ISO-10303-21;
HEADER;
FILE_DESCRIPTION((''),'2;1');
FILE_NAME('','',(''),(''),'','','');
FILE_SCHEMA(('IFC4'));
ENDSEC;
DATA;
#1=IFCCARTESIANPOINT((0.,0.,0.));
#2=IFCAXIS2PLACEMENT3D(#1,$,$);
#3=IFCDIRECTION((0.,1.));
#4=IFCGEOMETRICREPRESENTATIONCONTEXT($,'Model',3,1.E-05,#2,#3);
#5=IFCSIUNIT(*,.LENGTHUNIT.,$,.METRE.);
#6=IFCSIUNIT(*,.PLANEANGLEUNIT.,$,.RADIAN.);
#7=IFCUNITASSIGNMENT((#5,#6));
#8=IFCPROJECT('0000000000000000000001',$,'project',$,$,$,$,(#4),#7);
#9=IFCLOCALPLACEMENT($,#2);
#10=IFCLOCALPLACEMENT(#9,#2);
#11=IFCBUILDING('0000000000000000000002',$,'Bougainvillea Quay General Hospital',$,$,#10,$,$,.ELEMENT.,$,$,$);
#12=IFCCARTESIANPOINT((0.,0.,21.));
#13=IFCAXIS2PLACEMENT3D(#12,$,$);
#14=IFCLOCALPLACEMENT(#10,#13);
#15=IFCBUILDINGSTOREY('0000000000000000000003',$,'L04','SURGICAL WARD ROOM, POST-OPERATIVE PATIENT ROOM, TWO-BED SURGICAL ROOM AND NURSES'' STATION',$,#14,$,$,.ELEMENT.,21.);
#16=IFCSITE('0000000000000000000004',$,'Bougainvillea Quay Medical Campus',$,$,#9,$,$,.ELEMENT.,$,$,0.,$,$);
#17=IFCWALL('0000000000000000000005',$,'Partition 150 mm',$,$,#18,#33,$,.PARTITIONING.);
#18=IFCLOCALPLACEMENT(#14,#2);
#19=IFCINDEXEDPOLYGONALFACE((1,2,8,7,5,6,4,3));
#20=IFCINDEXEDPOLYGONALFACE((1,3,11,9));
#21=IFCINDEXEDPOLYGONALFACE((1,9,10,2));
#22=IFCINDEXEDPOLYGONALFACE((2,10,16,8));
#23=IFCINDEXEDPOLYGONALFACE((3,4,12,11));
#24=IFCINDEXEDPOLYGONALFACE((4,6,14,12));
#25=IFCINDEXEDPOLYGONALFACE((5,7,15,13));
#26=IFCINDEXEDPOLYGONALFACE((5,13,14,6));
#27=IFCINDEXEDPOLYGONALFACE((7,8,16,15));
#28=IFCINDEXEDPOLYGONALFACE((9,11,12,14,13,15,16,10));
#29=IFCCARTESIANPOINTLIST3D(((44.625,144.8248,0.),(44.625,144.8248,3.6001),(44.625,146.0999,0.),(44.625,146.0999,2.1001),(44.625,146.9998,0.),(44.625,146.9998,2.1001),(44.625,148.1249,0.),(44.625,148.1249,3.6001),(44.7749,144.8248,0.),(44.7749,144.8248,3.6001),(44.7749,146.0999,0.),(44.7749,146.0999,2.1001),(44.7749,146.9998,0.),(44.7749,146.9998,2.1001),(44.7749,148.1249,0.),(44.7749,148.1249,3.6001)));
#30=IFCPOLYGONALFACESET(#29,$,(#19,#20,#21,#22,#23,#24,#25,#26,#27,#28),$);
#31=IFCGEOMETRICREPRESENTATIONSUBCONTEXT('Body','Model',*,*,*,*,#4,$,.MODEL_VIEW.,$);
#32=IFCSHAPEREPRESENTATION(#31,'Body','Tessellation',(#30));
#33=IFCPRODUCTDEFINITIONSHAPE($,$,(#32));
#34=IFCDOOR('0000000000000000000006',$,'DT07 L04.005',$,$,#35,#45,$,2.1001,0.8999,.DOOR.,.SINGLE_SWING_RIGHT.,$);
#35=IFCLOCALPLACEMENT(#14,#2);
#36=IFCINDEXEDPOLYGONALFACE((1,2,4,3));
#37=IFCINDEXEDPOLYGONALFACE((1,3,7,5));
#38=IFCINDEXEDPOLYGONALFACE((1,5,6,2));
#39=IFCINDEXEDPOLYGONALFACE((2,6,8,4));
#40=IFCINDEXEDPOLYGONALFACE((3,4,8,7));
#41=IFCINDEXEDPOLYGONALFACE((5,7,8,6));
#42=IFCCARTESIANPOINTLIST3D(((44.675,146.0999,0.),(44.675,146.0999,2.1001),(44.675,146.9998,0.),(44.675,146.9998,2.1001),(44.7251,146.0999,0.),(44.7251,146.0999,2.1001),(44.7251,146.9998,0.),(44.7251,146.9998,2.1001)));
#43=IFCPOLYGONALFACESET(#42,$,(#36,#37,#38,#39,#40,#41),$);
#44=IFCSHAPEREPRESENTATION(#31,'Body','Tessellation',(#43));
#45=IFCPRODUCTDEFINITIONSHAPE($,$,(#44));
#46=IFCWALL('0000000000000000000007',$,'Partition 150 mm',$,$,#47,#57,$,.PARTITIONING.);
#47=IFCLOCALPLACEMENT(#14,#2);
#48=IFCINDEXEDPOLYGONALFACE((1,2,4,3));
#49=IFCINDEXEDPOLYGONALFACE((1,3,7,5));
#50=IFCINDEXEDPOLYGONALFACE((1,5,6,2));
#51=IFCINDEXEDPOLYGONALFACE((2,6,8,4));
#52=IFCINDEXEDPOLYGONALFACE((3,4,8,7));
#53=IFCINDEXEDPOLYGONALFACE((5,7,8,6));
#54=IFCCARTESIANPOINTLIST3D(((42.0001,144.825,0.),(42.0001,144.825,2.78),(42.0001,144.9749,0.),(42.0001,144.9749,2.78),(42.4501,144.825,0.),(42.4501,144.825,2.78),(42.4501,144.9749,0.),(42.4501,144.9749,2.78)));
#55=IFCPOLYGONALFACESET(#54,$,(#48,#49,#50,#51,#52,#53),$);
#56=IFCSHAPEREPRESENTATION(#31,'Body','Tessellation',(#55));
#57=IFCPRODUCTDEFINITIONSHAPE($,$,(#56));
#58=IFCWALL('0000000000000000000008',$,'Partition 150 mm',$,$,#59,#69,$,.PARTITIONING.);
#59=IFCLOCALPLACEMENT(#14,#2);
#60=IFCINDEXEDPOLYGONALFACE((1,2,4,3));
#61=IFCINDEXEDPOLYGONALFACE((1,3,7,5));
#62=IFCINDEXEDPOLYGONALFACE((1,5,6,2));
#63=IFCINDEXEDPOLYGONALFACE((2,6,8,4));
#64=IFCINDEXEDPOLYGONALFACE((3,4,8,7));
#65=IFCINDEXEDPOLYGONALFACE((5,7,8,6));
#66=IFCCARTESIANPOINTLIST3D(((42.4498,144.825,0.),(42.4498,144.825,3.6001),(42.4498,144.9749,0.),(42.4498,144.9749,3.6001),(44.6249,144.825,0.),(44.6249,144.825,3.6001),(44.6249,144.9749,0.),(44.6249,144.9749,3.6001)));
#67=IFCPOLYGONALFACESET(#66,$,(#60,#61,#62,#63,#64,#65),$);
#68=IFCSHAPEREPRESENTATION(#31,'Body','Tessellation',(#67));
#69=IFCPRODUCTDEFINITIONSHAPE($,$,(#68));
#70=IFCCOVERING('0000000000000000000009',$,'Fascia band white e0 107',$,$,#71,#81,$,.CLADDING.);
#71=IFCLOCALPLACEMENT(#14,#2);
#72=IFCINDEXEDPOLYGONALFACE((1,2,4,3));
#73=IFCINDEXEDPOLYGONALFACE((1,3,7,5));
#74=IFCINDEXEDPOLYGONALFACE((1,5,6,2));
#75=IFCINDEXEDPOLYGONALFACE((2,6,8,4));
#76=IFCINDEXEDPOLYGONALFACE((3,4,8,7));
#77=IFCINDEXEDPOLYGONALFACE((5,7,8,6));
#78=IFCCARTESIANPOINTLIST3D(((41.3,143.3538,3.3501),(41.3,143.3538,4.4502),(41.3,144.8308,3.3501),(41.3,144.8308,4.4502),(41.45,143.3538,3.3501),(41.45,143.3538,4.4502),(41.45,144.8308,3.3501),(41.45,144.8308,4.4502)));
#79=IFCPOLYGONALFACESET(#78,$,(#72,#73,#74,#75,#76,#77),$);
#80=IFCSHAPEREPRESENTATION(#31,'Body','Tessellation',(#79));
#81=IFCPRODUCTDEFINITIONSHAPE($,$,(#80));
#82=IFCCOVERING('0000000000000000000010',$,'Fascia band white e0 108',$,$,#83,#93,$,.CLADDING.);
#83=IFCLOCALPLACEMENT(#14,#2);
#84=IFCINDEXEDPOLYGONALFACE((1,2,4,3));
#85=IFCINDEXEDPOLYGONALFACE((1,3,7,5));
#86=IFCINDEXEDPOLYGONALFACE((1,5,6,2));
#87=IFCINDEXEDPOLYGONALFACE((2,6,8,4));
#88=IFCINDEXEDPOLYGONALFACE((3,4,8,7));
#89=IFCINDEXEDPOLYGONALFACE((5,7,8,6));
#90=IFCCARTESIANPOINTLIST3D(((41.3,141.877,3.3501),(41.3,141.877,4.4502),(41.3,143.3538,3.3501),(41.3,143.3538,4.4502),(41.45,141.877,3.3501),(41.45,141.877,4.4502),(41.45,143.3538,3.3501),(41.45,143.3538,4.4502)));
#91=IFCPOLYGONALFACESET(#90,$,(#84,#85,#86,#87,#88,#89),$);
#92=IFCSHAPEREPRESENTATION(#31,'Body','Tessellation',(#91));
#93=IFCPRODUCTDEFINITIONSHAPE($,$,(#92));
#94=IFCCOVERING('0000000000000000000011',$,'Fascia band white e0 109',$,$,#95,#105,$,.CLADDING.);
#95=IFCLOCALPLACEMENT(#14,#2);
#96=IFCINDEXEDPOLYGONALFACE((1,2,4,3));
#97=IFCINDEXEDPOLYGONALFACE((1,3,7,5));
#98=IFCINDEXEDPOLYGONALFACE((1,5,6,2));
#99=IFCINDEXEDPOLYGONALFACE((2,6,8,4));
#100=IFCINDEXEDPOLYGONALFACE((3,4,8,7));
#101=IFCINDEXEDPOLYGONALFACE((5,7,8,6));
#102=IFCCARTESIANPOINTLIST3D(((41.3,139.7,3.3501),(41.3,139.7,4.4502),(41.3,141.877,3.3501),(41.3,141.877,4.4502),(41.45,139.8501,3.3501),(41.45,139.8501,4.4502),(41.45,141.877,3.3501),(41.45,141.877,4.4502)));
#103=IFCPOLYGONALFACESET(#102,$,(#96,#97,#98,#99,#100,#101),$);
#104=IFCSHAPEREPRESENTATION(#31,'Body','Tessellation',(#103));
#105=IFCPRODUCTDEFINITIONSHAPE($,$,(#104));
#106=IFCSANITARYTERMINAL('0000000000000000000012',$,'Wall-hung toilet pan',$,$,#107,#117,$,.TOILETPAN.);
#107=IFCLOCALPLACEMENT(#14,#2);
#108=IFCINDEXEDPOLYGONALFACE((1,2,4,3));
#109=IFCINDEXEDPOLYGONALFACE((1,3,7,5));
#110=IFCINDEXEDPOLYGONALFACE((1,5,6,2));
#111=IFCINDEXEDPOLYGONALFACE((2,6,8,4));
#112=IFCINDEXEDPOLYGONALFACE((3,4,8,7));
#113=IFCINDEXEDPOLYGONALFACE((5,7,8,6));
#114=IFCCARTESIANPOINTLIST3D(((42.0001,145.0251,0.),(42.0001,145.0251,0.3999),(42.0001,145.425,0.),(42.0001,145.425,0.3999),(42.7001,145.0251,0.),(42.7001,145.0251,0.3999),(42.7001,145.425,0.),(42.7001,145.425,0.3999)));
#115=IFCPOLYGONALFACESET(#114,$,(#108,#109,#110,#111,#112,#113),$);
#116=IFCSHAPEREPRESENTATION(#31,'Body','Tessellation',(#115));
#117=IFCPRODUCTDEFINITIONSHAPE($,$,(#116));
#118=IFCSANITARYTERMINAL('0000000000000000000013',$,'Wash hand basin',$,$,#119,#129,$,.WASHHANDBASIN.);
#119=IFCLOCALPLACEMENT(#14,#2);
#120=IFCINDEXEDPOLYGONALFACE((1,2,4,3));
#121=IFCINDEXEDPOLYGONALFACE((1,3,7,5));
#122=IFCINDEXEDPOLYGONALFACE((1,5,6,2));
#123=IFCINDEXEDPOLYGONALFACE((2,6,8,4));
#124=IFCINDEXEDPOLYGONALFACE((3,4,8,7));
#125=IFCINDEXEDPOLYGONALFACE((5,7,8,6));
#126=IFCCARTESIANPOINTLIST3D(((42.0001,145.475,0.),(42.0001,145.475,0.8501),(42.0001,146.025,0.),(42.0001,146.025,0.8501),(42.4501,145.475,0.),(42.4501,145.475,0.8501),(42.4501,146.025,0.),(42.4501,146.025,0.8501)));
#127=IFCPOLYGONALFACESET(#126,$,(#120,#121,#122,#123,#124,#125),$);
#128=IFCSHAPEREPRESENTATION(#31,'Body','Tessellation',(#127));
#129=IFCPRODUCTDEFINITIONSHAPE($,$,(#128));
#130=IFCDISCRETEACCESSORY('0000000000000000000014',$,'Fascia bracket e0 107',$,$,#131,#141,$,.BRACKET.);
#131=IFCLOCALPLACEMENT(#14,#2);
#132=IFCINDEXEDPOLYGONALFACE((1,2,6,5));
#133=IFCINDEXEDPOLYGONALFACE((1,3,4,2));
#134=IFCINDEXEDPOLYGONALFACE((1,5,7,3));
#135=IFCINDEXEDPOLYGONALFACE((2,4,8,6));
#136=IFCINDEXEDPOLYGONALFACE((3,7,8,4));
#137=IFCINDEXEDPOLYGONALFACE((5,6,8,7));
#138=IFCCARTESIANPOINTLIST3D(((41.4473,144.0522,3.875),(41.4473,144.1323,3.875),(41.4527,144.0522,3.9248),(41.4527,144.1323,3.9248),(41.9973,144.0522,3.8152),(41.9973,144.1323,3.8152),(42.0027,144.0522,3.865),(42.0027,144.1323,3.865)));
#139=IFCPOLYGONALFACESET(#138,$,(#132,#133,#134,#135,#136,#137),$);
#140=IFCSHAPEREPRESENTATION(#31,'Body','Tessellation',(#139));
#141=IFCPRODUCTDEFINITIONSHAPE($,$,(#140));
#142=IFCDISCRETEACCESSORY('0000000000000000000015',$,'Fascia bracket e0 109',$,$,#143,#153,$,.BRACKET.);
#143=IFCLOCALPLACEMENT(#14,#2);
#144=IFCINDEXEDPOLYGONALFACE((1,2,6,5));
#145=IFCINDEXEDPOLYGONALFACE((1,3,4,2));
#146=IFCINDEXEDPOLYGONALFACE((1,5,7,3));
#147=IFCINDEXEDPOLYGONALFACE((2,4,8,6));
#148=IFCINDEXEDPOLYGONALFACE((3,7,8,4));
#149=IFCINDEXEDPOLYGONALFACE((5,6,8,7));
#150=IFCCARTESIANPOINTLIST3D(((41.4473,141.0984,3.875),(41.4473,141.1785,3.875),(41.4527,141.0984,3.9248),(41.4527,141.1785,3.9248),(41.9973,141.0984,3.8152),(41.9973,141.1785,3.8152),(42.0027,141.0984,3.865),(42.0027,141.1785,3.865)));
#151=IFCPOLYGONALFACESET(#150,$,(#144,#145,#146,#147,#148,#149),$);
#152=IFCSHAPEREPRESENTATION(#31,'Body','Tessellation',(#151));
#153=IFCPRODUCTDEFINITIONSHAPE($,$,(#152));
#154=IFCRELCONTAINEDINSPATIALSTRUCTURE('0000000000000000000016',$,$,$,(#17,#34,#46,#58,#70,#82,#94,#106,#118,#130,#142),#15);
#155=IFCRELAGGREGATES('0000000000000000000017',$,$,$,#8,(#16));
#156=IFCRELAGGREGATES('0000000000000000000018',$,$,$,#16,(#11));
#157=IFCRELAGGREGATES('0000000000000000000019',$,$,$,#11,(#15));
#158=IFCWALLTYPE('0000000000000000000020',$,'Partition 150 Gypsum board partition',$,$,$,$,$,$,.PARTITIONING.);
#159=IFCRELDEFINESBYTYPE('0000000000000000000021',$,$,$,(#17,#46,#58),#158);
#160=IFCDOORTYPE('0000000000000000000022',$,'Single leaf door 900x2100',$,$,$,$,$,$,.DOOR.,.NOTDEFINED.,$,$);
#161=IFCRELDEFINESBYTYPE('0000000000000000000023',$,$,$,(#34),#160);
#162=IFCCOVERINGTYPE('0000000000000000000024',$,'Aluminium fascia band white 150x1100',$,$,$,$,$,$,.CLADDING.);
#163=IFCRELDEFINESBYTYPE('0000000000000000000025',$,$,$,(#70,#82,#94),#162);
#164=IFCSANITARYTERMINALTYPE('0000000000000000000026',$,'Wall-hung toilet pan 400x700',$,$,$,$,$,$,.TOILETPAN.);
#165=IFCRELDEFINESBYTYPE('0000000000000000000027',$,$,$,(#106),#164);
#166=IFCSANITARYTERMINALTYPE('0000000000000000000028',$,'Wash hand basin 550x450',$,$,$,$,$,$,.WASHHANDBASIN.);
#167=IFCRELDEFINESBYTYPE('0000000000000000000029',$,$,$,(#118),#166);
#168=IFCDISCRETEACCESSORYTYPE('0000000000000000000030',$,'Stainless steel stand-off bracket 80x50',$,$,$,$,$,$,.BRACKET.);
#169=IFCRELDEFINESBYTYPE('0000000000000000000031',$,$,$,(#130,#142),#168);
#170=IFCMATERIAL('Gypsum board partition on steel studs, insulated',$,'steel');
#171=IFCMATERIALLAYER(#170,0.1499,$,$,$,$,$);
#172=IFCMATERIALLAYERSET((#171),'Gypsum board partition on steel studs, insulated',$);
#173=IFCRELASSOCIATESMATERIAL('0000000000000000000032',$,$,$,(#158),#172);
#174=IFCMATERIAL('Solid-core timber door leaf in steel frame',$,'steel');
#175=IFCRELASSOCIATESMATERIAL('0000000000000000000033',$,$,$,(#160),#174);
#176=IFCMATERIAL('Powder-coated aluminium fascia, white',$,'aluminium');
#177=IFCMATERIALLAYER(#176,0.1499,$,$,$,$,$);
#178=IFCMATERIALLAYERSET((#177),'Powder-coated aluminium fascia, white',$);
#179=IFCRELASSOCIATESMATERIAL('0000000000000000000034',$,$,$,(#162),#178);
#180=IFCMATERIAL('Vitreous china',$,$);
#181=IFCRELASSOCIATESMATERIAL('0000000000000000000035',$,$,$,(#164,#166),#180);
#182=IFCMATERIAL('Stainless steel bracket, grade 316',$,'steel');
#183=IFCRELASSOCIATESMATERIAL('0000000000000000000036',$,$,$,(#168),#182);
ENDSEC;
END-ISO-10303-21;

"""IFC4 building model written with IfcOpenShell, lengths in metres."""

from ifc_helpers import new_model, si_unit, direction, frame, frame_2d, origin, origin_2d, place, context, subcontext, project, spatial, polyline, rectangle, outline, extrude, material, layer, layer_set, material_profile, profile_set, type_object, element, fill, save


model = new_model("IFC4")

# Units and contexts
model_context = context("Model", 3, precision=1e-05, world=origin(), true_north=direction((0.0, 1.0)))
body_context = subcontext(model_context, "Body", "Model", "MODEL_VIEW")
ifc_project = project(units=[si_unit("LENGTHUNIT", "METRE"), si_unit("PLANEANGLEUNIT", "RADIAN")], contexts=[model_context])

# Site, building, storey
site_placement = place(None, origin())
site = spatial("IfcSite", under=ifc_project, at=site_placement, Name="Bougainvillea Quay Medical Campus", CompositionType="ELEMENT", RefElevation=0.0)
building_placement = place(site_placement, origin())
building = spatial("IfcBuilding", under=site, at=building_placement, Name="Bougainvillea Quay General Hospital", CompositionType="ELEMENT")
storey_placement = place(building_placement, frame((0.0, 0.0, 21.0)))
storey = spatial("IfcBuildingStorey", under=building, at=storey_placement, Name="L04", Description="SURGICAL WARD ROOM, POST-OPERATIVE PATIENT ROOM, TWO-BED SURGICAL ROOM AND NURSES' STATION", CompositionType="ELEMENT", Elevation=21.0)

# Shared definitions
ifc_material_1 = material(Name="Gypsum board partition on steel studs, insulated", Category="steel")
ifc_layer_1 = layer(ifc_material_1, 0.1499)
ifc_layer_set_1 = layer_set([ifc_layer_1], Name="Gypsum board partition on steel studs, insulated")
wall_type = type_object("IfcWallType", Name="Partition 150 Gypsum board partition", PredefinedType="PARTITIONING", material=ifc_layer_set_1)

# Wall, opening, door
wall_1_placement = place(storey_placement, frame((44.7, 144.825, 0.0), z_axis=(0.0, 0.0, 1.0), x_axis=(0.0, 1.0, 0.0)))
wall_1 = element("IfcWall", 1, at=wall_1_placement, inside=storey, type_object=wall_type, Name="Partition 150 mm", PredefinedType="PARTITIONING", context=body_context, shape_type="SweptSolid", body=[
    extrude(rectangle(XDim=3.3, YDim=0.1499, at=frame_2d((1.6499, 0.0))), origin(), (0.0, 0.0, 1.0), 3.6001),
])
opening_placement = place(wall_1_placement, frame((1.2749, 0.0, 0.0)))
opening = element("IfcOpeningElement", 2, at=opening_placement, cuts=wall_1, PredefinedType="OPENING", context=body_context, shape_type="SweptSolid", body=[
    extrude(rectangle(XDim=0.8999, YDim=2.1001, at=frame_2d((0.45, 1.05))), frame((0.0, 0.085, 0.0), z_axis=(0.0, -1.0, 0.0), x_axis=(1.0, 0.0, 0.0)), (0.0, 0.0, 1.0), 0.1699),
])
ifc_material_2 = material(Name="Solid-core timber door leaf in steel frame", Category="steel")
door_type = type_object("IfcDoorType", Name="Single leaf door 900x2100", OperationType="NOTDEFINED", PredefinedType="DOOR", material=ifc_material_2)
door_placement = place(opening_placement, origin())
door = element("IfcDoor", 3, at=door_placement, inside=storey, type_object=door_type, Name="DT07 L04.005", OperationType="SINGLE_SWING_RIGHT", OverallHeight=2.1001, OverallWidth=0.8999, PredefinedType="DOOR", context=body_context, shape_type="SweptSolid", body=[
    extrude(rectangle(XDim=0.8999, YDim=2.1001, at=frame_2d((0.45, 1.05))), frame((0.0, 0.0249, 0.0), z_axis=(0.0, -1.0, 0.0), x_axis=(1.0, 0.0, 0.0)), (0.0, 0.0, 1.0), 0.05),
])
fill(opening, door)

# Walls
wall_2_placement = place(storey_placement, frame((42.0, 144.8999, 0.0), z_axis=(0.0, 0.0, 1.0), x_axis=(1.0, 0.0, 0.0)))
element("IfcWall", 4, at=wall_2_placement, inside=storey, type_object=wall_type, Name="Partition 150 mm", PredefinedType="PARTITIONING", context=body_context, shape_type="SweptSolid", body=[
    extrude(rectangle(XDim=0.45, YDim=0.1499, at=frame_2d((0.2251, 0.0))), origin(), (0.0, 0.0, 1.0), 2.78),
])
wall_3_placement = place(storey_placement, frame((42.45, 144.8999, 0.0), z_axis=(0.0, 0.0, 1.0), x_axis=(1.0, 0.0, 0.0)))
element("IfcWall", 5, at=wall_3_placement, inside=storey, type_object=wall_type, Name="Partition 150 mm", PredefinedType="PARTITIONING", context=body_context, shape_type="SweptSolid", body=[
    extrude(rectangle(XDim=2.175, YDim=0.1499, at=frame_2d((1.0874, 0.0))), origin(), (0.0, 0.0, 1.0), 3.6001),
])

# Coverings
ifc_material_3 = material(Name="Powder-coated aluminium fascia, white", Category="aluminium")
ifc_layer_2 = layer(ifc_material_3, 0.1499)
ifc_layer_set_2 = layer_set([ifc_layer_2], Name="Powder-coated aluminium fascia, white")
covering_type = type_object("IfcCoveringType", Name="Aluminium fascia band white 150x1100", PredefinedType="CLADDING", material=ifc_layer_set_2)
covering_1_placement = place(storey_placement, frame((41.45, 144.8308, 3.3501), z_axis=(0.0, 0.0, 1.0), x_axis=(0.0, -1.0, 0.0)))
element("IfcCovering", 6, at=covering_1_placement, inside=storey, type_object=covering_type, Name="Fascia band white e0 107", PredefinedType="CLADDING", context=body_context, shape_type="SweptSolid", body=[
    extrude(outline(polyline([(0.0, 0.0), (1.4771, 0.0), (1.4771, -0.1499), (0.0, -0.1499), (0.0, 0.0)])), origin(), (0.0, 0.0, 1.0), 1.1001),
])
covering_2_placement = place(storey_placement, frame((41.45, 143.3538, 3.3501), z_axis=(0.0, 0.0, 1.0), x_axis=(0.0, -1.0, 0.0)))
element("IfcCovering", 7, at=covering_2_placement, inside=storey, type_object=covering_type, Name="Fascia band white e0 108", PredefinedType="CLADDING", context=body_context, shape_type="SweptSolid", body=[
    extrude(outline(polyline([(0.0, 0.0), (1.4768, 0.0), (1.4768, -0.1499), (0.0, -0.1499), (0.0, 0.0)])), origin(), (0.0, 0.0, 1.0), 1.1001),
])
covering_3_placement = place(storey_placement, frame((41.45, 141.877, 3.3501), z_axis=(0.0, 0.0, 1.0), x_axis=(0.0, -1.0, 0.0)))
element("IfcCovering", 8, at=covering_3_placement, inside=storey, type_object=covering_type, Name="Fascia band white e0 109", PredefinedType="CLADDING", context=body_context, shape_type="SweptSolid", body=[
    extrude(outline(polyline([(0.0, 0.0), (2.0269, 0.0), (2.177, -0.1499), (0.0, -0.1499), (0.0, 0.0)])), origin(), (0.0, 0.0, 1.0), 1.1001),
])

# Sanitary terminals
ifc_material_4 = material(Name="Vitreous china")
sanitary_terminal_type_1 = type_object("IfcSanitaryTerminalType", Name="Wall-hung toilet pan 400x700", PredefinedType="TOILETPAN", material=ifc_material_4)
sanitary_terminal_1_placement = place(storey_placement, frame((42.3501, 145.2251, 0.0), z_axis=(0.0, 0.0, 1.0), x_axis=(0.0, 1.0, 0.0)))
element("IfcSanitaryTerminal", 9, at=sanitary_terminal_1_placement, inside=storey, type_object=sanitary_terminal_type_1, Name="Wall-hung toilet pan", PredefinedType="TOILETPAN", context=body_context, shape_type="SweptSolid", body=[
    extrude(rectangle(XDim=0.3999, YDim=0.7, at=origin_2d()), origin(), (0.0, 0.0, 1.0), 0.3999),
])
sanitary_terminal_type_2 = type_object("IfcSanitaryTerminalType", Name="Wash hand basin 550x450", PredefinedType="WASHHANDBASIN", material=ifc_material_4)
sanitary_terminal_2_placement = place(storey_placement, frame((42.2251, 145.75, 0.0), z_axis=(0.0, 0.0, 1.0), x_axis=(0.0, 1.0, 0.0)))
element("IfcSanitaryTerminal", 10, at=sanitary_terminal_2_placement, inside=storey, type_object=sanitary_terminal_type_2, Name="Wash hand basin", PredefinedType="WASHHANDBASIN", context=body_context, shape_type="SweptSolid", body=[
    extrude(rectangle(XDim=0.55, YDim=0.45, at=origin_2d()), origin(), (0.0, 0.0, 1.0), 0.8501),
])

# Discrete accessories
ifc_material_5 = material(Name="Stainless steel bracket, grade 316", Category="steel")
ifc_material_profile_1 = material_profile(ifc_material_5, rectangle(XDim=0.0801, YDim=0.05, at=origin_2d()))
ifc_profile_set_1 = profile_set([ifc_material_profile_1], Name="Stainless steel bracket, grade 316")
discrete_accessory_type = type_object("IfcDiscreteAccessoryType", Name="Stainless steel stand-off bracket 80x50", PredefinedType="BRACKET", material=ifc_profile_set_1)
for number, where, z_axis, x_axis, name in (
    (11, (42.0, 144.0923, 3.8401), (-0.994139, 0.0, 0.108107), (0.0, -1.0, 0.0), "Fascia bracket e0 107"),
    (12, (42.0, 141.1384, 3.8401), (-0.994139, 0.0, 0.108107), (0.0, -1.0, 0.0), "Fascia bracket e0 109"),
):
    element("IfcDiscreteAccessory", number, at=place(storey_placement, frame(where, z_axis=z_axis, x_axis=x_axis)), inside=storey, type_object=discrete_accessory_type, Name=name, PredefinedType="BRACKET", context=body_context, shape_type="SweptSolid", body=[
        extrude(rectangle(XDim=0.0801, YDim=0.05, at=origin_2d()), origin(), (0.0, 0.0, 1.0), 0.5532),
    ])

save(model, "model.ifc")
